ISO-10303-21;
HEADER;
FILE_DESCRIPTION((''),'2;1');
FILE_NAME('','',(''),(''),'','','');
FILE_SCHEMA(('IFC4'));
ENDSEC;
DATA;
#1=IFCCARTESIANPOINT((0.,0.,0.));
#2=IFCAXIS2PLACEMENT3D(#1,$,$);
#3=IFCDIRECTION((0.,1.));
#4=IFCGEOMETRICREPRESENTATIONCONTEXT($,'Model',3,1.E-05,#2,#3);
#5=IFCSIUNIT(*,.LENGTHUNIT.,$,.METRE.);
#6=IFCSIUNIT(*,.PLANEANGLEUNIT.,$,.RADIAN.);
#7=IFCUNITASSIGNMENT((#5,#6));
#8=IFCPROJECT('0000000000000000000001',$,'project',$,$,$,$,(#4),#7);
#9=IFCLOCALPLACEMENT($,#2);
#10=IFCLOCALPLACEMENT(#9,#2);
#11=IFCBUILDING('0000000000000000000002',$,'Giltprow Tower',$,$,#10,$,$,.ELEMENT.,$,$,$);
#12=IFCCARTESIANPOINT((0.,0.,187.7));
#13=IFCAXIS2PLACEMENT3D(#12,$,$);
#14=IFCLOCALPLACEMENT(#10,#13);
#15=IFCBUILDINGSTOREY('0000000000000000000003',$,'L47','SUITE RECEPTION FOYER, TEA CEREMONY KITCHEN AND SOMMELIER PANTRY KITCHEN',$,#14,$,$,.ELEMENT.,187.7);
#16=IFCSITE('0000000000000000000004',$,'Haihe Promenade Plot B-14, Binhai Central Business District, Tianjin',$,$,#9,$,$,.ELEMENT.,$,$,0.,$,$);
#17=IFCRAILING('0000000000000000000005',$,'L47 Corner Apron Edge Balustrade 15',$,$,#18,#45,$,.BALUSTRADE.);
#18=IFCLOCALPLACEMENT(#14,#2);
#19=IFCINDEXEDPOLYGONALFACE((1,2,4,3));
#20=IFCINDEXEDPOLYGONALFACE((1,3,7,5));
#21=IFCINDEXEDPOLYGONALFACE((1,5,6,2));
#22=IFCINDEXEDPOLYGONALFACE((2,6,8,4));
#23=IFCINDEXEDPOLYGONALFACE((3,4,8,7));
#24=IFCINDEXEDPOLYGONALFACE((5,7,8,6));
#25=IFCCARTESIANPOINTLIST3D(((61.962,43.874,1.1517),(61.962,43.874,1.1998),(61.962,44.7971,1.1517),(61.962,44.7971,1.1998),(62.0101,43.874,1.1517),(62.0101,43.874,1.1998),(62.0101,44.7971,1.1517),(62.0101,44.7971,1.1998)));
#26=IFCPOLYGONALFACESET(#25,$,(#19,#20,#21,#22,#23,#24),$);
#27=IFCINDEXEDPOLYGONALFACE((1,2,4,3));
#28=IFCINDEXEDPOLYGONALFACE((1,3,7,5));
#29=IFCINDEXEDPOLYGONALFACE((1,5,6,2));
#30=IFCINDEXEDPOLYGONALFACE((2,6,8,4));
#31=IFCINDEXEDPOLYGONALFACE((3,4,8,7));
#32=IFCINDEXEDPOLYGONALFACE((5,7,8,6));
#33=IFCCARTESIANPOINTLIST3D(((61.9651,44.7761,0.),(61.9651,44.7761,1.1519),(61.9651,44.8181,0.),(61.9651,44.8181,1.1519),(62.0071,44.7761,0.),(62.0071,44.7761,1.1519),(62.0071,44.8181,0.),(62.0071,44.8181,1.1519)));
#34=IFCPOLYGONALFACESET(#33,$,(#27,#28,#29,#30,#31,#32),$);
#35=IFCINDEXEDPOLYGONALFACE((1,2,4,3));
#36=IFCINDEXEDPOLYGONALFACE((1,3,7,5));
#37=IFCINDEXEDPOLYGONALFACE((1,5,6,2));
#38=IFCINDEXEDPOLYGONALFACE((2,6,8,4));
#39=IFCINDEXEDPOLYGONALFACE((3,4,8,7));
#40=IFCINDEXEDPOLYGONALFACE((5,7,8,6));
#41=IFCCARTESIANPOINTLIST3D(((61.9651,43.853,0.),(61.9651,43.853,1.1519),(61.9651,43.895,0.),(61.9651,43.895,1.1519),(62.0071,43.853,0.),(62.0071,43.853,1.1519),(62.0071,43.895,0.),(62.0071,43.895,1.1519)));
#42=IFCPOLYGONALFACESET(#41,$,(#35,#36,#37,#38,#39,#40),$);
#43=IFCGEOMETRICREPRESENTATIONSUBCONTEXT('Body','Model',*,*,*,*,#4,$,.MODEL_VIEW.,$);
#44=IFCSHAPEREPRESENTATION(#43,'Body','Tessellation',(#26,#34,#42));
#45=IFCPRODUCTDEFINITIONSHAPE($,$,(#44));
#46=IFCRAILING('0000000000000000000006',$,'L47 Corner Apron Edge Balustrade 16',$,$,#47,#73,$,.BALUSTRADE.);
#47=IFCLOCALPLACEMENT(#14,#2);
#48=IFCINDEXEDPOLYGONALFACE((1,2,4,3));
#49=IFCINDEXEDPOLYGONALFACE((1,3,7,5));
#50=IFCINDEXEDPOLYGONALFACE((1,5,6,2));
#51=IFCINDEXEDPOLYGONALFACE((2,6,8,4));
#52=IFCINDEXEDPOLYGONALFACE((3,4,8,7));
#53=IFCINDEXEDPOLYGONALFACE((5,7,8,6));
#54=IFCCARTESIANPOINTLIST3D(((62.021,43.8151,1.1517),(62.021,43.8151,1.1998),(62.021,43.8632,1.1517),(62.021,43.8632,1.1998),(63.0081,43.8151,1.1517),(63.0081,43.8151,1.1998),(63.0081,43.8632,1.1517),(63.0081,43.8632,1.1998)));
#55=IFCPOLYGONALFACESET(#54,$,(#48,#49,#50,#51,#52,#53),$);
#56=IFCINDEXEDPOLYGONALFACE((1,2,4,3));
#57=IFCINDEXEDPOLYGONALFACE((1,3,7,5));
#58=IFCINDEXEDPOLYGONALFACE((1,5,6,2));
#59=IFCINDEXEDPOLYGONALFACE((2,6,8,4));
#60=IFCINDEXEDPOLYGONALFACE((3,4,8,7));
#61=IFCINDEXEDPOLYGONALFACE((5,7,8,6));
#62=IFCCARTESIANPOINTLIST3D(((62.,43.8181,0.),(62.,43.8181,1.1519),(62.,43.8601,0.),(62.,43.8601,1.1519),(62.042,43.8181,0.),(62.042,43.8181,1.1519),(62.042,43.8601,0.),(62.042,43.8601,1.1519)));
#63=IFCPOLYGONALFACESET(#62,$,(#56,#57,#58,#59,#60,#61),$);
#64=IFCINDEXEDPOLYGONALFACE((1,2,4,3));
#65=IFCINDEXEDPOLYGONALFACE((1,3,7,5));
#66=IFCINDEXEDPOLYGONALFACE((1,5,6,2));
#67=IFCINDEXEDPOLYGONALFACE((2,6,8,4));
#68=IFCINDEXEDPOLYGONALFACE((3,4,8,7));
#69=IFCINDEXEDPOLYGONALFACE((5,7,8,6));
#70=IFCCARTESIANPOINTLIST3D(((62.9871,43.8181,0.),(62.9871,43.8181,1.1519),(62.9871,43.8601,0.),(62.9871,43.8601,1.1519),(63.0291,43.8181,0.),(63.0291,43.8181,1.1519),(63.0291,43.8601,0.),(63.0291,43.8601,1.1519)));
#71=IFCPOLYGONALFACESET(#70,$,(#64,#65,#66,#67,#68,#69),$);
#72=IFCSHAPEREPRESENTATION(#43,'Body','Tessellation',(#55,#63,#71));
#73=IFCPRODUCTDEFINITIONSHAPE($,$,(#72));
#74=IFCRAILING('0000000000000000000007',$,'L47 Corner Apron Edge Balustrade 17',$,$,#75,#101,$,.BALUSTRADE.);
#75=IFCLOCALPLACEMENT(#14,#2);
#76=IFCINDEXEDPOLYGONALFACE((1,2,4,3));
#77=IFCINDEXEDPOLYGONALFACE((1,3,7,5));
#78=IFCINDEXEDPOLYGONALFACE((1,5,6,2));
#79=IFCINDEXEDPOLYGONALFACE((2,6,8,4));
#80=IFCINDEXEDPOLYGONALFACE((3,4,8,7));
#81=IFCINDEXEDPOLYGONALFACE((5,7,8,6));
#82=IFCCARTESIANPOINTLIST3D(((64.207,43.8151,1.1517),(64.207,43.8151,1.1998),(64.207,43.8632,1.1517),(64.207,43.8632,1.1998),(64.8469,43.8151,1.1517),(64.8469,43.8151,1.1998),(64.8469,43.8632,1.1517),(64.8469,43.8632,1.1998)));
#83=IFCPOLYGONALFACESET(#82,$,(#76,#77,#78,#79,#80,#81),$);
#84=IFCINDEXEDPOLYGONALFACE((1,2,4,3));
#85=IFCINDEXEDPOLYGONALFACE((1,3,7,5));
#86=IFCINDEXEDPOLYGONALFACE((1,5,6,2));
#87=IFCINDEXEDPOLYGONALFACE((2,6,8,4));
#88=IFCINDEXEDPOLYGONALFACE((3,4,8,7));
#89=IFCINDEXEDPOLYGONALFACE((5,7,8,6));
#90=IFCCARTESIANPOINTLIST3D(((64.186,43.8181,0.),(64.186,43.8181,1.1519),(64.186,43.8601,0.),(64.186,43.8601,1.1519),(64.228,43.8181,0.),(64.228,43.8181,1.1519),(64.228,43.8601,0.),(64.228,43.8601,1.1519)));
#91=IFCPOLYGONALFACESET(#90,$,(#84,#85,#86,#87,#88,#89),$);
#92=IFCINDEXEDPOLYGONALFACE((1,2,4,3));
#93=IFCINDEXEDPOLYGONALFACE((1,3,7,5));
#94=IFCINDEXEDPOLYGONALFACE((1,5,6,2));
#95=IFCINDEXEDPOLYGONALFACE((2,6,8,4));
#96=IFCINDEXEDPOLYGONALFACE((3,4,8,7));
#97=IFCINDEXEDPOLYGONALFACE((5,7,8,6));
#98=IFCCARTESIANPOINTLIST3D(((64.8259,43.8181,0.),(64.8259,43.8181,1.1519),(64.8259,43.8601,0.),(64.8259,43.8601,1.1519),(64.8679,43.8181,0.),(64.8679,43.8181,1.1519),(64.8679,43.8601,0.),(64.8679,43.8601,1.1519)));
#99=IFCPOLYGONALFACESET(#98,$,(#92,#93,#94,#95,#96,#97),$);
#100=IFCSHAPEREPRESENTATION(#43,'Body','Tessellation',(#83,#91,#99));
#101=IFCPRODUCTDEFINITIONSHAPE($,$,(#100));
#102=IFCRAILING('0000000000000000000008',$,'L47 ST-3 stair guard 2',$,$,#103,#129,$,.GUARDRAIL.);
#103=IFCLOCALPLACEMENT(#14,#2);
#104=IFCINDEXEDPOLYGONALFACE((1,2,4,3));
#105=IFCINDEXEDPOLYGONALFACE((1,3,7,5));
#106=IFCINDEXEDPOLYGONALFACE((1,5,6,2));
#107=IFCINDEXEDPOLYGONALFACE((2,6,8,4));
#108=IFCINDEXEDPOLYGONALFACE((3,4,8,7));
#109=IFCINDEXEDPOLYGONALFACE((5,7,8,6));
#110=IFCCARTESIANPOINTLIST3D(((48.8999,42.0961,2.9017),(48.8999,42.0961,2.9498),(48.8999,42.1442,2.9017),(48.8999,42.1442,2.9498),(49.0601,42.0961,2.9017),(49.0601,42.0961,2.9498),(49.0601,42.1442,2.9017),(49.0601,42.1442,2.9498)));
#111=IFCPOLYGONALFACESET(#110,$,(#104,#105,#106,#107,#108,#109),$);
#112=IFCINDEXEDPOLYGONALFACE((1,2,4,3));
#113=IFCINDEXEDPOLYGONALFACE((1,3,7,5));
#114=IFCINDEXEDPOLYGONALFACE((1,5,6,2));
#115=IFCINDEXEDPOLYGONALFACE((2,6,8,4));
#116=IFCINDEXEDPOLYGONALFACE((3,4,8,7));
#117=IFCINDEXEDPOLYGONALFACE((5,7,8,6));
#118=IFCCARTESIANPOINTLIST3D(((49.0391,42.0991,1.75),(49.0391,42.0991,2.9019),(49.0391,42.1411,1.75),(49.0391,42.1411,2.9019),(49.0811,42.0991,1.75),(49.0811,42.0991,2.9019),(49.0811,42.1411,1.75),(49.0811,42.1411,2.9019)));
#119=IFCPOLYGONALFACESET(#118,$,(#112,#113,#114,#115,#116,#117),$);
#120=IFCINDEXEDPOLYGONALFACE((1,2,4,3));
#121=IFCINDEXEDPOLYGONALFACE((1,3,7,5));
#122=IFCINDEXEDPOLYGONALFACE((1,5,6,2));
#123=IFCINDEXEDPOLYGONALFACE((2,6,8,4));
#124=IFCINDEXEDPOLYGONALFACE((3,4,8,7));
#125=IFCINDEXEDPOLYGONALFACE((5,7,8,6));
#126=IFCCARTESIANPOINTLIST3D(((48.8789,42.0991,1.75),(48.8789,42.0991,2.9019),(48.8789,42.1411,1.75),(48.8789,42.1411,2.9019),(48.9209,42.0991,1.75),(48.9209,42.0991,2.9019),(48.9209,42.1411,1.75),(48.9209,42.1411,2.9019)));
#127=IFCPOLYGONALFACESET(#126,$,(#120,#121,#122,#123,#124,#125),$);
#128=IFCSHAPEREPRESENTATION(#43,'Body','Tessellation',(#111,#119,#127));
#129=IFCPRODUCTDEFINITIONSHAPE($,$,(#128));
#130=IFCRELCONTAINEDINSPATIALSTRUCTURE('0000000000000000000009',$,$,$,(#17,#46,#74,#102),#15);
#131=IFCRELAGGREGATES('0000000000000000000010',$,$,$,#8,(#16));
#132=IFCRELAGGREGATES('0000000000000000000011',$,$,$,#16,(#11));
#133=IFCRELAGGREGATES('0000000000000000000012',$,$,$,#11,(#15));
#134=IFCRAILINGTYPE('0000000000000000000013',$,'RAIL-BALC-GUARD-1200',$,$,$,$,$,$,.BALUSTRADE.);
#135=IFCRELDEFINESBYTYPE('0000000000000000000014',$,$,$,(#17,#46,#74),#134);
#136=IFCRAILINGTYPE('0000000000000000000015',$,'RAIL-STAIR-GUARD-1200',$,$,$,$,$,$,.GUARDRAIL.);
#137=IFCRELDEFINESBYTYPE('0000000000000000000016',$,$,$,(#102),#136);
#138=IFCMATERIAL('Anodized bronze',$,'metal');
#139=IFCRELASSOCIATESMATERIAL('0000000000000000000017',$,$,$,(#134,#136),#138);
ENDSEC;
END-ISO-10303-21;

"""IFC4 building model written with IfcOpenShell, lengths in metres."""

from ifc_helpers import new_model, si_unit, direction, frame, origin, origin_2d, place, context, subcontext, project, spatial, rectangle, extrude, material, type_object, element, save


model = new_model("IFC4")

# Units and contexts
model_context = context("Model", 3, precision=1e-05, world=origin(), true_north=direction((0.0, 1.0)))
body_context = subcontext(model_context, "Body", "Model", "MODEL_VIEW")
ifc_project = project(units=[si_unit("LENGTHUNIT", "METRE"), si_unit("PLANEANGLEUNIT", "RADIAN")], contexts=[model_context])

# Site, building, storey
site_placement = place(None, origin())
site = spatial("IfcSite", under=ifc_project, at=site_placement, Name="Haihe Promenade Plot B-14, Binhai Central Business District, Tianjin", CompositionType="ELEMENT", RefElevation=0.0)
building_placement = place(site_placement, origin())
building = spatial("IfcBuilding", under=site, at=building_placement, Name="Giltprow Tower", CompositionType="ELEMENT")
storey_placement = place(building_placement, frame((0.0, 0.0, 187.7)))
storey = spatial("IfcBuildingStorey", under=building, at=storey_placement, Name="L47", Description="SUITE RECEPTION FOYER, TEA CEREMONY KITCHEN AND SOMMELIER PANTRY KITCHEN", CompositionType="ELEMENT", Elevation=187.7)

# Railings
ifc_material_1 = material(Name="Anodized bronze", Category="metal")
railing_type_1 = type_object("IfcRailingType", Name="RAIL-BALC-GUARD-1200", PredefinedType="BALUSTRADE", material=ifc_material_1)
railing_1_placement = place(storey_placement, frame((61.9861, 44.7971, 0.0)))
element("IfcRailing", 1, at=railing_1_placement, inside=storey, type_object=railing_type_1, Name="L47 Corner Apron Edge Balustrade 15", PredefinedType="BALUSTRADE", context=body_context, shape_type="SweptSolid", body=[
    extrude(rectangle(XDim=0.0481, YDim=0.0481, at=origin_2d()), frame((0.0, 0.0, 1.1758), z_axis=(0.0, -1.0, 0.0), x_axis=(1.0, 0.0, 0.0)), (0.0, 0.0, 1.0), 0.9231),
    extrude(rectangle(XDim=0.042, YDim=0.042, at=origin_2d()), origin(), (0.0, 0.0, 1.0), 1.1519),
    extrude(rectangle(XDim=0.042, YDim=0.042, at=origin_2d()), frame((0.0, -0.9231, 0.0)), (0.0, 0.0, 1.0), 1.1519),
])
railing_2_placement = place(storey_placement, frame((62.021, 43.8391, 0.0)))
element("IfcRailing", 2, at=railing_2_placement, inside=storey, type_object=railing_type_1, Name="L47 Corner Apron Edge Balustrade 16", PredefinedType="BALUSTRADE", context=body_context, shape_type="SweptSolid", body=[
    extrude(rectangle(XDim=0.0481, YDim=0.0481, at=origin_2d()), frame((0.0, 0.0, 1.1758), z_axis=(1.0, 0.0, 0.0), x_axis=(0.0, 1.0, 0.0)), (0.0, 0.0, 1.0), 0.9871),
    extrude(rectangle(XDim=0.042, YDim=0.042, at=origin_2d()), origin(), (0.0, 0.0, 1.0), 1.1519),
    extrude(rectangle(XDim=0.042, YDim=0.042, at=origin_2d()), frame((0.9871, 0.0, 0.0)), (0.0, 0.0, 1.0), 1.1519),
])
railing_3_placement = place(storey_placement, frame((64.207, 43.8391, 0.0)))
element("IfcRailing", 3, at=railing_3_placement, inside=storey, type_object=railing_type_1, Name="L47 Corner Apron Edge Balustrade 17", PredefinedType="BALUSTRADE", context=body_context, shape_type="SweptSolid", body=[
    extrude(rectangle(XDim=0.0481, YDim=0.0481, at=origin_2d()), frame((0.0, 0.0, 1.1758), z_axis=(1.0, 0.0, 0.0), x_axis=(0.0, 1.0, 0.0)), (0.0, 0.0, 1.0), 0.6399),
    extrude(rectangle(XDim=0.042, YDim=0.042, at=origin_2d()), origin(), (0.0, 0.0, 1.0), 1.1519),
    extrude(rectangle(XDim=0.042, YDim=0.042, at=origin_2d()), frame((0.6399, 0.0, 0.0)), (0.0, 0.0, 1.0), 1.1519),
])
railing_type_2 = type_object("IfcRailingType", Name="RAIL-STAIR-GUARD-1200", PredefinedType="GUARDRAIL", material=ifc_material_1)
railing_4_placement = place(storey_placement, frame((49.0601, 42.1201, 1.75)))
element("IfcRailing", 4, at=railing_4_placement, inside=storey, type_object=railing_type_2, Name="L47 ST-3 stair guard 2", PredefinedType="GUARDRAIL", context=body_context, shape_type="SweptSolid", body=[
    extrude(rectangle(XDim=0.0481, YDim=0.0481, at=origin_2d()), frame((0.0, 0.0, 1.1758), z_axis=(-1.0, 0.0, 0.0), x_axis=(0.0, -1.0, 0.0)), (0.0, 0.0, 1.0), 0.1602),
    extrude(rectangle(XDim=0.042, YDim=0.042, at=origin_2d()), origin(), (0.0, 0.0, 1.0), 1.1519),
    extrude(rectangle(XDim=0.042, YDim=0.042, at=origin_2d()), frame((-0.1602, 0.0, 0.0)), (0.0, 0.0, 1.0), 1.1519),
])

save(model, "model.ifc")
